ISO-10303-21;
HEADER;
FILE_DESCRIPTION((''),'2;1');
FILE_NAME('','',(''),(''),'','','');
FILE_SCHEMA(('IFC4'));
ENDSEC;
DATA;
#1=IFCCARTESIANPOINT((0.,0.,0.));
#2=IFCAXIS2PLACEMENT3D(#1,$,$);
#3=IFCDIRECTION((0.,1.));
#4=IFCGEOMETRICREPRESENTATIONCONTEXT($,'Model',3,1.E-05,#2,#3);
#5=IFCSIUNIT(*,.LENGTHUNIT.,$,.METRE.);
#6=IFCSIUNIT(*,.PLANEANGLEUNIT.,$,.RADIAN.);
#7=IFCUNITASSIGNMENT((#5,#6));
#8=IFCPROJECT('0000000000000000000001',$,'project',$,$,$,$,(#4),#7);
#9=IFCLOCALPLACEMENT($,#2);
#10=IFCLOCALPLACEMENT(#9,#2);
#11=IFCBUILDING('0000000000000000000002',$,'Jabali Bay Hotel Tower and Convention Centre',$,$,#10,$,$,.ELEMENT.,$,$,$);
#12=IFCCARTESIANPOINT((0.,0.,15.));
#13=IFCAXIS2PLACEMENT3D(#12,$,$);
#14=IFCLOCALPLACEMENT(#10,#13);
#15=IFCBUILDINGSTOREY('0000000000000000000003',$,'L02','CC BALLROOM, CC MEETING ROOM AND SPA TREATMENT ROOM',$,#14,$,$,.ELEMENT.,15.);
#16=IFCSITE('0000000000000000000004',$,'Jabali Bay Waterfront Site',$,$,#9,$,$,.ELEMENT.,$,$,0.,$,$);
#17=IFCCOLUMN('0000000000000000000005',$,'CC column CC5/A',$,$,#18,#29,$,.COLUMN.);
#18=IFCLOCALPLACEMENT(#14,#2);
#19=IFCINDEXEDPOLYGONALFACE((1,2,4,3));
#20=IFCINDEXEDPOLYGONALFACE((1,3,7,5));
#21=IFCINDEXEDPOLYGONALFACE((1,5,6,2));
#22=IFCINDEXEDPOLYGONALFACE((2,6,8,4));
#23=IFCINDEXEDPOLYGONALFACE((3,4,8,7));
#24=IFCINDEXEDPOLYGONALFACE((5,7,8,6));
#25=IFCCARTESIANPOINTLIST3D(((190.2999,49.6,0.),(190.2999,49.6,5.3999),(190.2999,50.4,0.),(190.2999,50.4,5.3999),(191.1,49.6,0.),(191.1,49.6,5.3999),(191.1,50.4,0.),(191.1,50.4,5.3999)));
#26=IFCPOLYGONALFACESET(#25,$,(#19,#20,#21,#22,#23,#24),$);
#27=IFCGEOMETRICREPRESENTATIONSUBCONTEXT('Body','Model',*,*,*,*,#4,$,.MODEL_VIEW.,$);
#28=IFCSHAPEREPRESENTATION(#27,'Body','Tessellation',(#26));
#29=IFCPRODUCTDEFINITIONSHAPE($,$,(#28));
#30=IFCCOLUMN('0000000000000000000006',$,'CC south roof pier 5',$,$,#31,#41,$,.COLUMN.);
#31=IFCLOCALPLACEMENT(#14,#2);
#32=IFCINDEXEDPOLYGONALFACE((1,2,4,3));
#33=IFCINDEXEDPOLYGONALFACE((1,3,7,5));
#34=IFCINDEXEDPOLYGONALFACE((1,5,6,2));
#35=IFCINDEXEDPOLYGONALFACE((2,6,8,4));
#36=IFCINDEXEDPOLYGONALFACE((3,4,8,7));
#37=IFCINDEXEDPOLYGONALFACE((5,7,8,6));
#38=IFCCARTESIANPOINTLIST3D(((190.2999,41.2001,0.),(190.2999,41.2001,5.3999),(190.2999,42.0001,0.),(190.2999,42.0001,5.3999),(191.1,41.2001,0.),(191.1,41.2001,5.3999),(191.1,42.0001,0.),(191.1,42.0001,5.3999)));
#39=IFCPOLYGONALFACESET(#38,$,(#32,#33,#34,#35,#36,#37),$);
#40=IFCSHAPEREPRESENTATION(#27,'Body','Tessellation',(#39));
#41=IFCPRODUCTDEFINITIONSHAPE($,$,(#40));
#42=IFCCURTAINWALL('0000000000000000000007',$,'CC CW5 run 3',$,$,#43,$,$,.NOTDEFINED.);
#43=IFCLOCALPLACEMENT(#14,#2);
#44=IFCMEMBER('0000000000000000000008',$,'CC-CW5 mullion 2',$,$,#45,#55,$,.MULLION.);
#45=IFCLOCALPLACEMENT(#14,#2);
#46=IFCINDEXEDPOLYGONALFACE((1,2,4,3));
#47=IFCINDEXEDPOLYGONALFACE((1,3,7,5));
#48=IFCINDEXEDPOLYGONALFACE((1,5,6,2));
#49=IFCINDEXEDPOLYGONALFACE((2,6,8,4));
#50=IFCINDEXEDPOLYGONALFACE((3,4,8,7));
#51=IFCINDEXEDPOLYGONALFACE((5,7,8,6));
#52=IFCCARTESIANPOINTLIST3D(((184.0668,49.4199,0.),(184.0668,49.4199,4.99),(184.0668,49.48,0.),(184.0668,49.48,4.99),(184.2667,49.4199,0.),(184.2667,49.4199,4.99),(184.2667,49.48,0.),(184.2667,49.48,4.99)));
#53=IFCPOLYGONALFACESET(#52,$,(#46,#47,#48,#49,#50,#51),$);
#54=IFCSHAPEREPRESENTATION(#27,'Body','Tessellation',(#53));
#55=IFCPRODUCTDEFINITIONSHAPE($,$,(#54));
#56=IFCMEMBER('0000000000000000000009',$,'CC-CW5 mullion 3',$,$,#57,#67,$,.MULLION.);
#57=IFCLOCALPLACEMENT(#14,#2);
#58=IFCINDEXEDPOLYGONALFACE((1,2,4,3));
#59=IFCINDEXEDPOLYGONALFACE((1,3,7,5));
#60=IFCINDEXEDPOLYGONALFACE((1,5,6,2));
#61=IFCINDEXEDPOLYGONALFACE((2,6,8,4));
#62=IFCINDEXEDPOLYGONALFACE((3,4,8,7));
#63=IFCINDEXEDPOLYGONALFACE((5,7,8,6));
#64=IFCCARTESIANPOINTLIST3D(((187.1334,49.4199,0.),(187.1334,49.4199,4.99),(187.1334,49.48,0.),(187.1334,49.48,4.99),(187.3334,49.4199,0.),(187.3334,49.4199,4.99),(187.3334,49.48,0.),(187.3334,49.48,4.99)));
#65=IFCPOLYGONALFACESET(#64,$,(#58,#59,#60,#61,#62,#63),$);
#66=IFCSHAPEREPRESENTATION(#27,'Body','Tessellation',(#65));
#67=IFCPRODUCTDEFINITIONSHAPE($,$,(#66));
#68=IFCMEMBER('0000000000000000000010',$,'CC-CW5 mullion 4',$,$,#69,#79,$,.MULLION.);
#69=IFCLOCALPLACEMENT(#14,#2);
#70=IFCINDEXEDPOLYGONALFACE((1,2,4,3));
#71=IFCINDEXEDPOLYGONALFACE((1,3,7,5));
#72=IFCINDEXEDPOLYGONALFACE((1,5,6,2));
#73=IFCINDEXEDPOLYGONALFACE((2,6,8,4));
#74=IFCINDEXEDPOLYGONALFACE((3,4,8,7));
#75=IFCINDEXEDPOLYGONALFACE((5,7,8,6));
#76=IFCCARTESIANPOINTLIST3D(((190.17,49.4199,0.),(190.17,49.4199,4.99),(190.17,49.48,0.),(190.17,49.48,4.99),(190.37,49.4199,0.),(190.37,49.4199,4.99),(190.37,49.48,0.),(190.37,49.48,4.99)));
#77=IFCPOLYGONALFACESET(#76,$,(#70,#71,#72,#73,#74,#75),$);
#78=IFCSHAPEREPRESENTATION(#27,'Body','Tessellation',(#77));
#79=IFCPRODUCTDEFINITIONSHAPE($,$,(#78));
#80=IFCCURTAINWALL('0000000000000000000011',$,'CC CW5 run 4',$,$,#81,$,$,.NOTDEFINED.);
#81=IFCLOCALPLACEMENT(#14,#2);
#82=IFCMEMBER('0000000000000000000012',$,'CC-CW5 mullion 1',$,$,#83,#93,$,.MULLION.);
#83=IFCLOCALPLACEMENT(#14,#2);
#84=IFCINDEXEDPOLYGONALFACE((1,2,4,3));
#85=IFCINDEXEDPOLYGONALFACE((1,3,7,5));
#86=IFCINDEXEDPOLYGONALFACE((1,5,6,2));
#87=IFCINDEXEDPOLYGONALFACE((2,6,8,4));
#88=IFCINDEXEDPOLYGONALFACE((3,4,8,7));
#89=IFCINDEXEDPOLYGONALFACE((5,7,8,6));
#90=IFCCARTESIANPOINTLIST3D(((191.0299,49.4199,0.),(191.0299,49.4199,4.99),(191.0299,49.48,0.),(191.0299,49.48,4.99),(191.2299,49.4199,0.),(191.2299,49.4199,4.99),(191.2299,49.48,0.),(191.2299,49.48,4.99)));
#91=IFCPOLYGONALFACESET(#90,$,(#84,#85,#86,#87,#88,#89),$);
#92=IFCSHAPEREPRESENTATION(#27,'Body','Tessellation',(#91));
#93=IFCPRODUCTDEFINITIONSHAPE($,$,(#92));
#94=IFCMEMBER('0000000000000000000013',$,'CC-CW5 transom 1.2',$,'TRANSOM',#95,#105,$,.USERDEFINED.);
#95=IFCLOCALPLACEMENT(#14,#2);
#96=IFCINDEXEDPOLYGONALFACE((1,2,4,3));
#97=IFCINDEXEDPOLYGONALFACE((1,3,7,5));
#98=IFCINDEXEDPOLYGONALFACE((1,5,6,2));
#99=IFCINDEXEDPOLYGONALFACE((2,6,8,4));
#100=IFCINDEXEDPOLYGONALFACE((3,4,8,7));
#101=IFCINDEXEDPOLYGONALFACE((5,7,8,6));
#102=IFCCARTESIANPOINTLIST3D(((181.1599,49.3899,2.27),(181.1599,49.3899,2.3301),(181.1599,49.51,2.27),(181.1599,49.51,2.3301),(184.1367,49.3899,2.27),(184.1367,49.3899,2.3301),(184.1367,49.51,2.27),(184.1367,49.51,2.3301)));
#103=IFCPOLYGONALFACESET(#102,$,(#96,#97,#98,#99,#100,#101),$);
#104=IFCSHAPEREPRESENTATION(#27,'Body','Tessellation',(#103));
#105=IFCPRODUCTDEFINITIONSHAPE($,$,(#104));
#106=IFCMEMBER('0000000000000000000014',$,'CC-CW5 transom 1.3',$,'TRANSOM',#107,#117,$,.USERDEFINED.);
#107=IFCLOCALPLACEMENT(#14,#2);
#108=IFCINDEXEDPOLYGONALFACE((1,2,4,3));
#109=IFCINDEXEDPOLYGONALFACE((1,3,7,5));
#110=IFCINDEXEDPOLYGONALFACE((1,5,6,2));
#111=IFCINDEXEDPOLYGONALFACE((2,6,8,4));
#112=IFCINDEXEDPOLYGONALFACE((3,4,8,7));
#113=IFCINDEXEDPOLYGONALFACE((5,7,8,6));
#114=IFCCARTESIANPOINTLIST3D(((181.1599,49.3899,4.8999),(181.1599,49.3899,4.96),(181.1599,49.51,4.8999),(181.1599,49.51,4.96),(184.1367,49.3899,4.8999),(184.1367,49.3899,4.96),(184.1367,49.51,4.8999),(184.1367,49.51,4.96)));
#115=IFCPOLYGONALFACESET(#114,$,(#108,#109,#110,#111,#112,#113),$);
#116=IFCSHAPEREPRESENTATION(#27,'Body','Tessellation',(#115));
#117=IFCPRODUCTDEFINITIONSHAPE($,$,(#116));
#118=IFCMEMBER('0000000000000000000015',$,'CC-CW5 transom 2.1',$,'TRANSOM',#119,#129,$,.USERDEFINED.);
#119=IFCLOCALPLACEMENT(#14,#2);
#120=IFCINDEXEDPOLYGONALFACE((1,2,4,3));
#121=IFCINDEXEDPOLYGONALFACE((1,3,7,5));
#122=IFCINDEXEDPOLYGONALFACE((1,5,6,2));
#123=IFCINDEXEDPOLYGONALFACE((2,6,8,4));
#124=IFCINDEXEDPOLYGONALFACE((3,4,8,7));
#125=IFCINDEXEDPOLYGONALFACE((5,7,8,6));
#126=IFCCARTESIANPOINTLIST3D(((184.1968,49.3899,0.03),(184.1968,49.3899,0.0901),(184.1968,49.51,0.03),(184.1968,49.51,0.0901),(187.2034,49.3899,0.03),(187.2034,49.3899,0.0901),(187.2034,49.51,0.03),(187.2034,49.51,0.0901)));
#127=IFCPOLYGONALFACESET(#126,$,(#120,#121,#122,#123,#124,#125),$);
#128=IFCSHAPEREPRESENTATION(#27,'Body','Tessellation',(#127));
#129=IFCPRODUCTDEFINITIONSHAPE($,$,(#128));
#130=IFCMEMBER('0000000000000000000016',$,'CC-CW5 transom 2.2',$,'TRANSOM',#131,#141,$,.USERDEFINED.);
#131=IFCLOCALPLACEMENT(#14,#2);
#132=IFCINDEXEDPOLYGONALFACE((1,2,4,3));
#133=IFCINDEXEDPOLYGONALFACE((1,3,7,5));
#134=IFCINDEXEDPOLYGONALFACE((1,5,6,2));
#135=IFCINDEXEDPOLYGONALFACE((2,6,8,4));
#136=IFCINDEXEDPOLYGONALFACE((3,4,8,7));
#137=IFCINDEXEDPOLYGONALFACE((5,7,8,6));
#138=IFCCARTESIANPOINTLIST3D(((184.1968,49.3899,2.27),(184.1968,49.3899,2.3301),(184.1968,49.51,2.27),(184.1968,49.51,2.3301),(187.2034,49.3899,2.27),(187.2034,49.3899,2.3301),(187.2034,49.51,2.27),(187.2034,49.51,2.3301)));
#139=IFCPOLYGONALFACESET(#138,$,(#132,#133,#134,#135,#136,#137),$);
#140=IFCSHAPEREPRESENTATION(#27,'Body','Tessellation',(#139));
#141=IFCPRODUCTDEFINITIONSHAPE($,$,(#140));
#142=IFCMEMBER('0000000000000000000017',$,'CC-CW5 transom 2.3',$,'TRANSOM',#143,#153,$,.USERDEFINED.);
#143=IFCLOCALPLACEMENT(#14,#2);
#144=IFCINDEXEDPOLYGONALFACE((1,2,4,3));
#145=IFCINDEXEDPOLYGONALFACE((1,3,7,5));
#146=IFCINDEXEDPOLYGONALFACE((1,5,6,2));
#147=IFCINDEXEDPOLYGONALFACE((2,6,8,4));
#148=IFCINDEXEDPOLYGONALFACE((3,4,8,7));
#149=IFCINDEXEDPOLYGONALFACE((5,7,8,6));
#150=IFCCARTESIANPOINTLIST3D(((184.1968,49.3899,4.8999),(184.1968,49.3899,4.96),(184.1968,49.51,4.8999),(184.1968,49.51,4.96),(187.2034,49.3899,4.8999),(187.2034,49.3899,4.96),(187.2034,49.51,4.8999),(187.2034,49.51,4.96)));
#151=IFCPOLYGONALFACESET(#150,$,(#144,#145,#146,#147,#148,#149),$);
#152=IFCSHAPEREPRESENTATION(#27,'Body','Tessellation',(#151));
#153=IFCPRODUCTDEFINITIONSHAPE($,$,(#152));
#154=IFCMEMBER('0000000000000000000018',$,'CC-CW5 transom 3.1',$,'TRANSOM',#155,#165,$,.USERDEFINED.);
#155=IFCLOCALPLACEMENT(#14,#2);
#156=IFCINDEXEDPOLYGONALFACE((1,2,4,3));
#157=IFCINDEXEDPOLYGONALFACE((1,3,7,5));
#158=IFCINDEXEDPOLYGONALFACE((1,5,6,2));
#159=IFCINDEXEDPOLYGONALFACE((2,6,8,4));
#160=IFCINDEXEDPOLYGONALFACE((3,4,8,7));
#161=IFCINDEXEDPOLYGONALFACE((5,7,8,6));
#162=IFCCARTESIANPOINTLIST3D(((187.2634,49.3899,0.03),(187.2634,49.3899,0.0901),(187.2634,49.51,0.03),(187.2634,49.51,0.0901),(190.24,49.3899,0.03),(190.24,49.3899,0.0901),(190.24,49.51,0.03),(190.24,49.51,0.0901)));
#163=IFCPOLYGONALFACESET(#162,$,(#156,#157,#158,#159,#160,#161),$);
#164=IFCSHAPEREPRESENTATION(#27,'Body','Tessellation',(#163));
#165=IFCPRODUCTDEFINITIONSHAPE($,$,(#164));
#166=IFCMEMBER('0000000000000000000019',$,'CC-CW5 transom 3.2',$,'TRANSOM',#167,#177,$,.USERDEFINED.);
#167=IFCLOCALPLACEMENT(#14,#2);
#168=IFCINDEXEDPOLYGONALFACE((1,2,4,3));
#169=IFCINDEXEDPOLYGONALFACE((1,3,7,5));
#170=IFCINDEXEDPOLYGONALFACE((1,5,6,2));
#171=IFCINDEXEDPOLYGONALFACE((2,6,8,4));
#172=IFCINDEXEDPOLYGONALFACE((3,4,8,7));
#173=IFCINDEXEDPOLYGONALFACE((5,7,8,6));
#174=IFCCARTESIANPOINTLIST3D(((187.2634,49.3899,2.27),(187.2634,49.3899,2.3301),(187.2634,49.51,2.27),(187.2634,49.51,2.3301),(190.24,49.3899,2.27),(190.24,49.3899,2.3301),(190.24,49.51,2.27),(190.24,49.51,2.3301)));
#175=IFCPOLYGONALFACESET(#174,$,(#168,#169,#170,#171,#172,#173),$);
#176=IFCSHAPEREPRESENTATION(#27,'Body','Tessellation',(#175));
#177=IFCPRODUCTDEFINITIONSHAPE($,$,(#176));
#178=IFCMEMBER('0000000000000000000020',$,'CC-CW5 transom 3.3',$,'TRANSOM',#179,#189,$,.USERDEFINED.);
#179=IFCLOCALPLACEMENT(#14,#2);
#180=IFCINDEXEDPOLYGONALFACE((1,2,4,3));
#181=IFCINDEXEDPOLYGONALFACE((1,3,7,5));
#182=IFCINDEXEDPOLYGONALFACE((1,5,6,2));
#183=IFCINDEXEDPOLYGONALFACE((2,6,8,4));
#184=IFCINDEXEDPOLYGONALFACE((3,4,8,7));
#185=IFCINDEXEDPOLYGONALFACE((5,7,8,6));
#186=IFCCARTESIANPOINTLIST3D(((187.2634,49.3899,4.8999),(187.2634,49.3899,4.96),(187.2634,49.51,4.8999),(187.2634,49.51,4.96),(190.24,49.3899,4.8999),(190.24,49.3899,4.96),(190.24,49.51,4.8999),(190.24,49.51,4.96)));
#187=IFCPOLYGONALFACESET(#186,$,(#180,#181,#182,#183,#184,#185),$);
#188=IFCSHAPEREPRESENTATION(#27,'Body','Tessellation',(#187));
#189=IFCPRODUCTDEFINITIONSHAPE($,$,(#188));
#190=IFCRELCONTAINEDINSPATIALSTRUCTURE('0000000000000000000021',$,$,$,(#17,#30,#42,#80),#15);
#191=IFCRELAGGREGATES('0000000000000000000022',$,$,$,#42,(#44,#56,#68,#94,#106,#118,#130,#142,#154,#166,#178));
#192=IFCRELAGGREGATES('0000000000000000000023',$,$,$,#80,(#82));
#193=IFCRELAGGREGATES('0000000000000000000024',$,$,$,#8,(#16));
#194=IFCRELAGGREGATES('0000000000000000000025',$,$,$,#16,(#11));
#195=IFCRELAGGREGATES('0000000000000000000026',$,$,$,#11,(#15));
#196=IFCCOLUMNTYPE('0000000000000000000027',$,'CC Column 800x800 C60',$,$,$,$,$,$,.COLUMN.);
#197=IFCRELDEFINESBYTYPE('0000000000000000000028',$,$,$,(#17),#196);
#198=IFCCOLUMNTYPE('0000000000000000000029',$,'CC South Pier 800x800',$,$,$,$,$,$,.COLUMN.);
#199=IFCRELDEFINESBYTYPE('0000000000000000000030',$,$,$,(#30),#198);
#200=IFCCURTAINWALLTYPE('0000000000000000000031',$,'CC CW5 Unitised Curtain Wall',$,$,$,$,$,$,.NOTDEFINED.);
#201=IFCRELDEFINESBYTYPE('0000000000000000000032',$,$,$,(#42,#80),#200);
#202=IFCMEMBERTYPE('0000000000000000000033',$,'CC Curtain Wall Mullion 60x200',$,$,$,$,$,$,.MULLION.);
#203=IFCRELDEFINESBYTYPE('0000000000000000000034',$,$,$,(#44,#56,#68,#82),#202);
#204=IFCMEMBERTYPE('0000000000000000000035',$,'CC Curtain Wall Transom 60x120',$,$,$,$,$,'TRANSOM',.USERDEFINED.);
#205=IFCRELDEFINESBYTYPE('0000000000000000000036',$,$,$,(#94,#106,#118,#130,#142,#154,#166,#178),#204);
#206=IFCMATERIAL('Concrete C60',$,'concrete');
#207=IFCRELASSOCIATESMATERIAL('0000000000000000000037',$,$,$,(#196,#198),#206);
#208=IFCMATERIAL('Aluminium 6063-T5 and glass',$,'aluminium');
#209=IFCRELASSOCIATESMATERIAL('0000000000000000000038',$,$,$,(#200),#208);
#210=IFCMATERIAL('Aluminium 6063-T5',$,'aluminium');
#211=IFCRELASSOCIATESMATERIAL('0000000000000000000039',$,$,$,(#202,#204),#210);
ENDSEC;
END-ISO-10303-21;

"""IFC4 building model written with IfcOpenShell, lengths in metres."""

from ifc_helpers import new_model, si_unit, direction, frame, origin, origin_2d, place, context, subcontext, project, spatial, rectangle, extrude, material, material_profile, profile_set, type_object, element, aggregate, save


model = new_model("IFC4")

# Units and contexts
model_context = context("Model", 3, precision=1e-05, world=origin(), true_north=direction((0.0, 1.0)))
body_context = subcontext(model_context, "Body", "Model", "MODEL_VIEW")
ifc_project = project(units=[si_unit("LENGTHUNIT", "METRE"), si_unit("PLANEANGLEUNIT", "RADIAN")], contexts=[model_context])

# Site, building, storey
site_placement = place(None, origin())
site = spatial("IfcSite", under=ifc_project, at=site_placement, Name="Jabali Bay Waterfront Site", CompositionType="ELEMENT", RefElevation=0.0)
building_placement = place(site_placement, origin())
building = spatial("IfcBuilding", under=site, at=building_placement, Name="Jabali Bay Hotel Tower and Convention Centre", CompositionType="ELEMENT")
storey_placement = place(building_placement, frame((0.0, 0.0, 15.0)))
storey = spatial("IfcBuildingStorey", under=building, at=storey_placement, Name="L02", Description="CC BALLROOM, CC MEETING ROOM AND SPA TREATMENT ROOM", CompositionType="ELEMENT", Elevation=15.0)

# Columns
ifc_material_1 = material(Name="Concrete C60", Category="concrete")
ifc_material_profile_1 = material_profile(ifc_material_1, rectangle(XDim=0.8, YDim=0.8, at=origin_2d()), Name="RC 800x800")
ifc_profile_set_1 = profile_set([ifc_material_profile_1], Name="Concrete C60")
column_type_1 = type_object("IfcColumnType", Name="CC Column 800x800 C60", PredefinedType="COLUMN", material=ifc_profile_set_1)
column_1_placement = place(storey_placement, frame((190.7, 50.0, 0.0), z_axis=(0.0, 0.0, 1.0), x_axis=(1.0, 0.0, 0.0)))
element("IfcColumn", 1, at=column_1_placement, inside=storey, type_object=column_type_1, Name="CC column CC5/A", PredefinedType="COLUMN", context=body_context, shape_type="SweptSolid", body=[
    extrude(rectangle(XDim=0.8, YDim=0.8, at=origin_2d()), origin(), (0.0, 0.0, 1.0), 5.3999),
])
ifc_material_profile_2 = material_profile(ifc_material_1, rectangle(XDim=0.8, YDim=0.8, at=origin_2d()), Name="RC 800x800")
ifc_profile_set_2 = profile_set([ifc_material_profile_2], Name="Concrete C60")
column_type_2 = type_object("IfcColumnType", Name="CC South Pier 800x800", PredefinedType="COLUMN", material=ifc_profile_set_2)
column_2_placement = place(storey_placement, frame((190.7, 41.6001, 0.0), z_axis=(0.0, 0.0, 1.0), x_axis=(1.0, 0.0, 0.0)))
element("IfcColumn", 2, at=column_2_placement, inside=storey, type_object=column_type_2, Name="CC south roof pier 5", PredefinedType="COLUMN", context=body_context, shape_type="SweptSolid", body=[
    extrude(rectangle(XDim=0.8, YDim=0.8, at=origin_2d()), origin(), (0.0, 0.0, 1.0), 5.3999),
])

# Curtain wall, members
ifc_material_2 = material(Name="Aluminium 6063-T5 and glass", Category="aluminium")
curtain_wall_type = type_object("IfcCurtainWallType", Name="CC CW5 Unitised Curtain Wall", PredefinedType="NOTDEFINED", material=ifc_material_2)
curtain_wall_1_placement = place(storey_placement, origin())
curtain_wall_1 = element("IfcCurtainWall", 3, at=curtain_wall_1_placement, inside=storey, type_object=curtain_wall_type, Name="CC CW5 run 3", PredefinedType="NOTDEFINED")
ifc_material_3 = material(Name="Aluminium 6063-T5", Category="aluminium")
ifc_material_profile_3 = material_profile(ifc_material_3, rectangle(XDim=0.0601, YDim=0.2, at=origin_2d()), Name="AL 60x200")
ifc_profile_set_3 = profile_set([ifc_material_profile_3], Name="Aluminium 6063-T5")
member_type_1 = type_object("IfcMemberType", Name="CC Curtain Wall Mullion 60x200", PredefinedType="MULLION", material=ifc_profile_set_3)
member_1_placement = place(storey_placement, frame((184.1667, 49.45, 0.0), z_axis=(0.0, 0.0, 1.0), x_axis=(0.0, 1.0, 0.0)))
member_1 = element("IfcMember", 4, at=member_1_placement, type_object=member_type_1, Name="CC-CW5 mullion 2", PredefinedType="MULLION", context=body_context, shape_type="SweptSolid", body=[
    extrude(rectangle(XDim=0.0601, YDim=0.2, at=origin_2d()), origin(), (0.0, 0.0, 1.0), 4.99),
])
member_2_placement = place(storey_placement, frame((187.2334, 49.45, 0.0), z_axis=(0.0, 0.0, 1.0), x_axis=(0.0, 1.0, 0.0)))
member_2 = element("IfcMember", 5, at=member_2_placement, type_object=member_type_1, Name="CC-CW5 mullion 3", PredefinedType="MULLION", context=body_context, shape_type="SweptSolid", body=[
    extrude(rectangle(XDim=0.0601, YDim=0.2, at=origin_2d()), origin(), (0.0, 0.0, 1.0), 4.99),
])
member_3_placement = place(storey_placement, frame((190.27, 49.45, 0.0), z_axis=(0.0, 0.0, 1.0), x_axis=(0.0, 1.0, 0.0)))
member_3 = element("IfcMember", 6, at=member_3_placement, type_object=member_type_1, Name="CC-CW5 mullion 4", PredefinedType="MULLION", context=body_context, shape_type="SweptSolid", body=[
    extrude(rectangle(XDim=0.0601, YDim=0.2, at=origin_2d()), origin(), (0.0, 0.0, 1.0), 4.99),
])

# Curtain wall, member
curtain_wall_2_placement = place(storey_placement, origin())
curtain_wall_2 = element("IfcCurtainWall", 7, at=curtain_wall_2_placement, inside=storey, type_object=curtain_wall_type, Name="CC CW5 run 4", PredefinedType="NOTDEFINED")
member_4_placement = place(storey_placement, frame((191.1299, 49.45, 0.0), z_axis=(0.0, 0.0, 1.0), x_axis=(0.0, 1.0, 0.0)))
member_4 = element("IfcMember", 8, at=member_4_placement, type_object=member_type_1, Name="CC-CW5 mullion 1", PredefinedType="MULLION", context=body_context, shape_type="SweptSolid", body=[
    extrude(rectangle(XDim=0.0601, YDim=0.2, at=origin_2d()), origin(), (0.0, 0.0, 1.0), 4.99),
])

# Members
ifc_material_profile_4 = material_profile(ifc_material_3, rectangle(XDim=0.1201, YDim=0.0601, at=origin_2d()), Name="AL 120x60")
ifc_profile_set_4 = profile_set([ifc_material_profile_4], Name="Aluminium 6063-T5")
member_type_2 = type_object("IfcMemberType", Name="CC Curtain Wall Transom 60x120", ElementType="TRANSOM", PredefinedType="USERDEFINED", material=ifc_profile_set_4)
member_5_placement = place(storey_placement, frame((181.1599, 49.45, 2.3), z_axis=(1.0, 0.0, 0.0), x_axis=(0.0, 1.0, 0.0)))
member_5 = element("IfcMember", 9, at=member_5_placement, type_object=member_type_2, Name="CC-CW5 transom 1.2", ObjectType="TRANSOM", PredefinedType="USERDEFINED", context=body_context, shape_type="SweptSolid", body=[
    extrude(rectangle(XDim=0.1201, YDim=0.0601, at=origin_2d()), origin(), (0.0, 0.0, 1.0), 2.9768),
])
member_6_placement = place(storey_placement, frame((181.1599, 49.45, 4.9299), z_axis=(1.0, 0.0, 0.0), x_axis=(0.0, 1.0, 0.0)))
member_6 = element("IfcMember", 10, at=member_6_placement, type_object=member_type_2, Name="CC-CW5 transom 1.3", ObjectType="TRANSOM", PredefinedType="USERDEFINED", context=body_context, shape_type="SweptSolid", body=[
    extrude(rectangle(XDim=0.1201, YDim=0.0601, at=origin_2d()), origin(), (0.0, 0.0, 1.0), 2.9768),
])
member_7_placement = place(storey_placement, frame((184.1968, 49.45, 0.0601), z_axis=(1.0, 0.0, 0.0), x_axis=(0.0, 1.0, 0.0)))
member_7 = element("IfcMember", 11, at=member_7_placement, type_object=member_type_2, Name="CC-CW5 transom 2.1", ObjectType="TRANSOM", PredefinedType="USERDEFINED", context=body_context, shape_type="SweptSolid", body=[
    extrude(rectangle(XDim=0.1201, YDim=0.0601, at=origin_2d()), origin(), (0.0, 0.0, 1.0), 3.0066),
])
member_8_placement = place(storey_placement, frame((184.1968, 49.45, 2.3), z_axis=(1.0, 0.0, 0.0), x_axis=(0.0, 1.0, 0.0)))
member_8 = element("IfcMember", 12, at=member_8_placement, type_object=member_type_2, Name="CC-CW5 transom 2.2", ObjectType="TRANSOM", PredefinedType="USERDEFINED", context=body_context, shape_type="SweptSolid", body=[
    extrude(rectangle(XDim=0.1201, YDim=0.0601, at=origin_2d()), origin(), (0.0, 0.0, 1.0), 3.0066),
])
member_9_placement = place(storey_placement, frame((184.1968, 49.45, 4.9299), z_axis=(1.0, 0.0, 0.0), x_axis=(0.0, 1.0, 0.0)))
member_9 = element("IfcMember", 13, at=member_9_placement, type_object=member_type_2, Name="CC-CW5 transom 2.3", ObjectType="TRANSOM", PredefinedType="USERDEFINED", context=body_context, shape_type="SweptSolid", body=[
    extrude(rectangle(XDim=0.1201, YDim=0.0601, at=origin_2d()), origin(), (0.0, 0.0, 1.0), 3.0066),
])
member_10_placement = place(storey_placement, frame((187.2634, 49.45, 0.0601), z_axis=(1.0, 0.0, 0.0), x_axis=(0.0, 1.0, 0.0)))
member_10 = element("IfcMember", 14, at=member_10_placement, type_object=member_type_2, Name="CC-CW5 transom 3.1", ObjectType="TRANSOM", PredefinedType="USERDEFINED", context=body_context, shape_type="SweptSolid", body=[
    extrude(rectangle(XDim=0.1201, YDim=0.0601, at=origin_2d()), origin(), (0.0, 0.0, 1.0), 2.9766),
])
member_11_placement = place(storey_placement, frame((187.2634, 49.45, 2.3), z_axis=(1.0, 0.0, 0.0), x_axis=(0.0, 1.0, 0.0)))
member_11 = element("IfcMember", 15, at=member_11_placement, type_object=member_type_2, Name="CC-CW5 transom 3.2", ObjectType="TRANSOM", PredefinedType="USERDEFINED", context=body_context, shape_type="SweptSolid", body=[
    extrude(rectangle(XDim=0.1201, YDim=0.0601, at=origin_2d()), origin(), (0.0, 0.0, 1.0), 2.9766),
])
member_12_placement = place(storey_placement, frame((187.2634, 49.45, 4.9299), z_axis=(1.0, 0.0, 0.0), x_axis=(0.0, 1.0, 0.0)))
member_12 = element("IfcMember", 16, at=member_12_placement, type_object=member_type_2, Name="CC-CW5 transom 3.3", ObjectType="TRANSOM", PredefinedType="USERDEFINED", context=body_context, shape_type="SweptSolid", body=[
    extrude(rectangle(XDim=0.1201, YDim=0.0601, at=origin_2d()), origin(), (0.0, 0.0, 1.0), 2.9766),
])

aggregate(curtain_wall_1, [member_1, member_2, member_3, member_5, member_6, member_7, member_8, member_9, member_10, member_11, member_12])
aggregate(curtain_wall_2, [member_4])

save(model, "model.ifc")
